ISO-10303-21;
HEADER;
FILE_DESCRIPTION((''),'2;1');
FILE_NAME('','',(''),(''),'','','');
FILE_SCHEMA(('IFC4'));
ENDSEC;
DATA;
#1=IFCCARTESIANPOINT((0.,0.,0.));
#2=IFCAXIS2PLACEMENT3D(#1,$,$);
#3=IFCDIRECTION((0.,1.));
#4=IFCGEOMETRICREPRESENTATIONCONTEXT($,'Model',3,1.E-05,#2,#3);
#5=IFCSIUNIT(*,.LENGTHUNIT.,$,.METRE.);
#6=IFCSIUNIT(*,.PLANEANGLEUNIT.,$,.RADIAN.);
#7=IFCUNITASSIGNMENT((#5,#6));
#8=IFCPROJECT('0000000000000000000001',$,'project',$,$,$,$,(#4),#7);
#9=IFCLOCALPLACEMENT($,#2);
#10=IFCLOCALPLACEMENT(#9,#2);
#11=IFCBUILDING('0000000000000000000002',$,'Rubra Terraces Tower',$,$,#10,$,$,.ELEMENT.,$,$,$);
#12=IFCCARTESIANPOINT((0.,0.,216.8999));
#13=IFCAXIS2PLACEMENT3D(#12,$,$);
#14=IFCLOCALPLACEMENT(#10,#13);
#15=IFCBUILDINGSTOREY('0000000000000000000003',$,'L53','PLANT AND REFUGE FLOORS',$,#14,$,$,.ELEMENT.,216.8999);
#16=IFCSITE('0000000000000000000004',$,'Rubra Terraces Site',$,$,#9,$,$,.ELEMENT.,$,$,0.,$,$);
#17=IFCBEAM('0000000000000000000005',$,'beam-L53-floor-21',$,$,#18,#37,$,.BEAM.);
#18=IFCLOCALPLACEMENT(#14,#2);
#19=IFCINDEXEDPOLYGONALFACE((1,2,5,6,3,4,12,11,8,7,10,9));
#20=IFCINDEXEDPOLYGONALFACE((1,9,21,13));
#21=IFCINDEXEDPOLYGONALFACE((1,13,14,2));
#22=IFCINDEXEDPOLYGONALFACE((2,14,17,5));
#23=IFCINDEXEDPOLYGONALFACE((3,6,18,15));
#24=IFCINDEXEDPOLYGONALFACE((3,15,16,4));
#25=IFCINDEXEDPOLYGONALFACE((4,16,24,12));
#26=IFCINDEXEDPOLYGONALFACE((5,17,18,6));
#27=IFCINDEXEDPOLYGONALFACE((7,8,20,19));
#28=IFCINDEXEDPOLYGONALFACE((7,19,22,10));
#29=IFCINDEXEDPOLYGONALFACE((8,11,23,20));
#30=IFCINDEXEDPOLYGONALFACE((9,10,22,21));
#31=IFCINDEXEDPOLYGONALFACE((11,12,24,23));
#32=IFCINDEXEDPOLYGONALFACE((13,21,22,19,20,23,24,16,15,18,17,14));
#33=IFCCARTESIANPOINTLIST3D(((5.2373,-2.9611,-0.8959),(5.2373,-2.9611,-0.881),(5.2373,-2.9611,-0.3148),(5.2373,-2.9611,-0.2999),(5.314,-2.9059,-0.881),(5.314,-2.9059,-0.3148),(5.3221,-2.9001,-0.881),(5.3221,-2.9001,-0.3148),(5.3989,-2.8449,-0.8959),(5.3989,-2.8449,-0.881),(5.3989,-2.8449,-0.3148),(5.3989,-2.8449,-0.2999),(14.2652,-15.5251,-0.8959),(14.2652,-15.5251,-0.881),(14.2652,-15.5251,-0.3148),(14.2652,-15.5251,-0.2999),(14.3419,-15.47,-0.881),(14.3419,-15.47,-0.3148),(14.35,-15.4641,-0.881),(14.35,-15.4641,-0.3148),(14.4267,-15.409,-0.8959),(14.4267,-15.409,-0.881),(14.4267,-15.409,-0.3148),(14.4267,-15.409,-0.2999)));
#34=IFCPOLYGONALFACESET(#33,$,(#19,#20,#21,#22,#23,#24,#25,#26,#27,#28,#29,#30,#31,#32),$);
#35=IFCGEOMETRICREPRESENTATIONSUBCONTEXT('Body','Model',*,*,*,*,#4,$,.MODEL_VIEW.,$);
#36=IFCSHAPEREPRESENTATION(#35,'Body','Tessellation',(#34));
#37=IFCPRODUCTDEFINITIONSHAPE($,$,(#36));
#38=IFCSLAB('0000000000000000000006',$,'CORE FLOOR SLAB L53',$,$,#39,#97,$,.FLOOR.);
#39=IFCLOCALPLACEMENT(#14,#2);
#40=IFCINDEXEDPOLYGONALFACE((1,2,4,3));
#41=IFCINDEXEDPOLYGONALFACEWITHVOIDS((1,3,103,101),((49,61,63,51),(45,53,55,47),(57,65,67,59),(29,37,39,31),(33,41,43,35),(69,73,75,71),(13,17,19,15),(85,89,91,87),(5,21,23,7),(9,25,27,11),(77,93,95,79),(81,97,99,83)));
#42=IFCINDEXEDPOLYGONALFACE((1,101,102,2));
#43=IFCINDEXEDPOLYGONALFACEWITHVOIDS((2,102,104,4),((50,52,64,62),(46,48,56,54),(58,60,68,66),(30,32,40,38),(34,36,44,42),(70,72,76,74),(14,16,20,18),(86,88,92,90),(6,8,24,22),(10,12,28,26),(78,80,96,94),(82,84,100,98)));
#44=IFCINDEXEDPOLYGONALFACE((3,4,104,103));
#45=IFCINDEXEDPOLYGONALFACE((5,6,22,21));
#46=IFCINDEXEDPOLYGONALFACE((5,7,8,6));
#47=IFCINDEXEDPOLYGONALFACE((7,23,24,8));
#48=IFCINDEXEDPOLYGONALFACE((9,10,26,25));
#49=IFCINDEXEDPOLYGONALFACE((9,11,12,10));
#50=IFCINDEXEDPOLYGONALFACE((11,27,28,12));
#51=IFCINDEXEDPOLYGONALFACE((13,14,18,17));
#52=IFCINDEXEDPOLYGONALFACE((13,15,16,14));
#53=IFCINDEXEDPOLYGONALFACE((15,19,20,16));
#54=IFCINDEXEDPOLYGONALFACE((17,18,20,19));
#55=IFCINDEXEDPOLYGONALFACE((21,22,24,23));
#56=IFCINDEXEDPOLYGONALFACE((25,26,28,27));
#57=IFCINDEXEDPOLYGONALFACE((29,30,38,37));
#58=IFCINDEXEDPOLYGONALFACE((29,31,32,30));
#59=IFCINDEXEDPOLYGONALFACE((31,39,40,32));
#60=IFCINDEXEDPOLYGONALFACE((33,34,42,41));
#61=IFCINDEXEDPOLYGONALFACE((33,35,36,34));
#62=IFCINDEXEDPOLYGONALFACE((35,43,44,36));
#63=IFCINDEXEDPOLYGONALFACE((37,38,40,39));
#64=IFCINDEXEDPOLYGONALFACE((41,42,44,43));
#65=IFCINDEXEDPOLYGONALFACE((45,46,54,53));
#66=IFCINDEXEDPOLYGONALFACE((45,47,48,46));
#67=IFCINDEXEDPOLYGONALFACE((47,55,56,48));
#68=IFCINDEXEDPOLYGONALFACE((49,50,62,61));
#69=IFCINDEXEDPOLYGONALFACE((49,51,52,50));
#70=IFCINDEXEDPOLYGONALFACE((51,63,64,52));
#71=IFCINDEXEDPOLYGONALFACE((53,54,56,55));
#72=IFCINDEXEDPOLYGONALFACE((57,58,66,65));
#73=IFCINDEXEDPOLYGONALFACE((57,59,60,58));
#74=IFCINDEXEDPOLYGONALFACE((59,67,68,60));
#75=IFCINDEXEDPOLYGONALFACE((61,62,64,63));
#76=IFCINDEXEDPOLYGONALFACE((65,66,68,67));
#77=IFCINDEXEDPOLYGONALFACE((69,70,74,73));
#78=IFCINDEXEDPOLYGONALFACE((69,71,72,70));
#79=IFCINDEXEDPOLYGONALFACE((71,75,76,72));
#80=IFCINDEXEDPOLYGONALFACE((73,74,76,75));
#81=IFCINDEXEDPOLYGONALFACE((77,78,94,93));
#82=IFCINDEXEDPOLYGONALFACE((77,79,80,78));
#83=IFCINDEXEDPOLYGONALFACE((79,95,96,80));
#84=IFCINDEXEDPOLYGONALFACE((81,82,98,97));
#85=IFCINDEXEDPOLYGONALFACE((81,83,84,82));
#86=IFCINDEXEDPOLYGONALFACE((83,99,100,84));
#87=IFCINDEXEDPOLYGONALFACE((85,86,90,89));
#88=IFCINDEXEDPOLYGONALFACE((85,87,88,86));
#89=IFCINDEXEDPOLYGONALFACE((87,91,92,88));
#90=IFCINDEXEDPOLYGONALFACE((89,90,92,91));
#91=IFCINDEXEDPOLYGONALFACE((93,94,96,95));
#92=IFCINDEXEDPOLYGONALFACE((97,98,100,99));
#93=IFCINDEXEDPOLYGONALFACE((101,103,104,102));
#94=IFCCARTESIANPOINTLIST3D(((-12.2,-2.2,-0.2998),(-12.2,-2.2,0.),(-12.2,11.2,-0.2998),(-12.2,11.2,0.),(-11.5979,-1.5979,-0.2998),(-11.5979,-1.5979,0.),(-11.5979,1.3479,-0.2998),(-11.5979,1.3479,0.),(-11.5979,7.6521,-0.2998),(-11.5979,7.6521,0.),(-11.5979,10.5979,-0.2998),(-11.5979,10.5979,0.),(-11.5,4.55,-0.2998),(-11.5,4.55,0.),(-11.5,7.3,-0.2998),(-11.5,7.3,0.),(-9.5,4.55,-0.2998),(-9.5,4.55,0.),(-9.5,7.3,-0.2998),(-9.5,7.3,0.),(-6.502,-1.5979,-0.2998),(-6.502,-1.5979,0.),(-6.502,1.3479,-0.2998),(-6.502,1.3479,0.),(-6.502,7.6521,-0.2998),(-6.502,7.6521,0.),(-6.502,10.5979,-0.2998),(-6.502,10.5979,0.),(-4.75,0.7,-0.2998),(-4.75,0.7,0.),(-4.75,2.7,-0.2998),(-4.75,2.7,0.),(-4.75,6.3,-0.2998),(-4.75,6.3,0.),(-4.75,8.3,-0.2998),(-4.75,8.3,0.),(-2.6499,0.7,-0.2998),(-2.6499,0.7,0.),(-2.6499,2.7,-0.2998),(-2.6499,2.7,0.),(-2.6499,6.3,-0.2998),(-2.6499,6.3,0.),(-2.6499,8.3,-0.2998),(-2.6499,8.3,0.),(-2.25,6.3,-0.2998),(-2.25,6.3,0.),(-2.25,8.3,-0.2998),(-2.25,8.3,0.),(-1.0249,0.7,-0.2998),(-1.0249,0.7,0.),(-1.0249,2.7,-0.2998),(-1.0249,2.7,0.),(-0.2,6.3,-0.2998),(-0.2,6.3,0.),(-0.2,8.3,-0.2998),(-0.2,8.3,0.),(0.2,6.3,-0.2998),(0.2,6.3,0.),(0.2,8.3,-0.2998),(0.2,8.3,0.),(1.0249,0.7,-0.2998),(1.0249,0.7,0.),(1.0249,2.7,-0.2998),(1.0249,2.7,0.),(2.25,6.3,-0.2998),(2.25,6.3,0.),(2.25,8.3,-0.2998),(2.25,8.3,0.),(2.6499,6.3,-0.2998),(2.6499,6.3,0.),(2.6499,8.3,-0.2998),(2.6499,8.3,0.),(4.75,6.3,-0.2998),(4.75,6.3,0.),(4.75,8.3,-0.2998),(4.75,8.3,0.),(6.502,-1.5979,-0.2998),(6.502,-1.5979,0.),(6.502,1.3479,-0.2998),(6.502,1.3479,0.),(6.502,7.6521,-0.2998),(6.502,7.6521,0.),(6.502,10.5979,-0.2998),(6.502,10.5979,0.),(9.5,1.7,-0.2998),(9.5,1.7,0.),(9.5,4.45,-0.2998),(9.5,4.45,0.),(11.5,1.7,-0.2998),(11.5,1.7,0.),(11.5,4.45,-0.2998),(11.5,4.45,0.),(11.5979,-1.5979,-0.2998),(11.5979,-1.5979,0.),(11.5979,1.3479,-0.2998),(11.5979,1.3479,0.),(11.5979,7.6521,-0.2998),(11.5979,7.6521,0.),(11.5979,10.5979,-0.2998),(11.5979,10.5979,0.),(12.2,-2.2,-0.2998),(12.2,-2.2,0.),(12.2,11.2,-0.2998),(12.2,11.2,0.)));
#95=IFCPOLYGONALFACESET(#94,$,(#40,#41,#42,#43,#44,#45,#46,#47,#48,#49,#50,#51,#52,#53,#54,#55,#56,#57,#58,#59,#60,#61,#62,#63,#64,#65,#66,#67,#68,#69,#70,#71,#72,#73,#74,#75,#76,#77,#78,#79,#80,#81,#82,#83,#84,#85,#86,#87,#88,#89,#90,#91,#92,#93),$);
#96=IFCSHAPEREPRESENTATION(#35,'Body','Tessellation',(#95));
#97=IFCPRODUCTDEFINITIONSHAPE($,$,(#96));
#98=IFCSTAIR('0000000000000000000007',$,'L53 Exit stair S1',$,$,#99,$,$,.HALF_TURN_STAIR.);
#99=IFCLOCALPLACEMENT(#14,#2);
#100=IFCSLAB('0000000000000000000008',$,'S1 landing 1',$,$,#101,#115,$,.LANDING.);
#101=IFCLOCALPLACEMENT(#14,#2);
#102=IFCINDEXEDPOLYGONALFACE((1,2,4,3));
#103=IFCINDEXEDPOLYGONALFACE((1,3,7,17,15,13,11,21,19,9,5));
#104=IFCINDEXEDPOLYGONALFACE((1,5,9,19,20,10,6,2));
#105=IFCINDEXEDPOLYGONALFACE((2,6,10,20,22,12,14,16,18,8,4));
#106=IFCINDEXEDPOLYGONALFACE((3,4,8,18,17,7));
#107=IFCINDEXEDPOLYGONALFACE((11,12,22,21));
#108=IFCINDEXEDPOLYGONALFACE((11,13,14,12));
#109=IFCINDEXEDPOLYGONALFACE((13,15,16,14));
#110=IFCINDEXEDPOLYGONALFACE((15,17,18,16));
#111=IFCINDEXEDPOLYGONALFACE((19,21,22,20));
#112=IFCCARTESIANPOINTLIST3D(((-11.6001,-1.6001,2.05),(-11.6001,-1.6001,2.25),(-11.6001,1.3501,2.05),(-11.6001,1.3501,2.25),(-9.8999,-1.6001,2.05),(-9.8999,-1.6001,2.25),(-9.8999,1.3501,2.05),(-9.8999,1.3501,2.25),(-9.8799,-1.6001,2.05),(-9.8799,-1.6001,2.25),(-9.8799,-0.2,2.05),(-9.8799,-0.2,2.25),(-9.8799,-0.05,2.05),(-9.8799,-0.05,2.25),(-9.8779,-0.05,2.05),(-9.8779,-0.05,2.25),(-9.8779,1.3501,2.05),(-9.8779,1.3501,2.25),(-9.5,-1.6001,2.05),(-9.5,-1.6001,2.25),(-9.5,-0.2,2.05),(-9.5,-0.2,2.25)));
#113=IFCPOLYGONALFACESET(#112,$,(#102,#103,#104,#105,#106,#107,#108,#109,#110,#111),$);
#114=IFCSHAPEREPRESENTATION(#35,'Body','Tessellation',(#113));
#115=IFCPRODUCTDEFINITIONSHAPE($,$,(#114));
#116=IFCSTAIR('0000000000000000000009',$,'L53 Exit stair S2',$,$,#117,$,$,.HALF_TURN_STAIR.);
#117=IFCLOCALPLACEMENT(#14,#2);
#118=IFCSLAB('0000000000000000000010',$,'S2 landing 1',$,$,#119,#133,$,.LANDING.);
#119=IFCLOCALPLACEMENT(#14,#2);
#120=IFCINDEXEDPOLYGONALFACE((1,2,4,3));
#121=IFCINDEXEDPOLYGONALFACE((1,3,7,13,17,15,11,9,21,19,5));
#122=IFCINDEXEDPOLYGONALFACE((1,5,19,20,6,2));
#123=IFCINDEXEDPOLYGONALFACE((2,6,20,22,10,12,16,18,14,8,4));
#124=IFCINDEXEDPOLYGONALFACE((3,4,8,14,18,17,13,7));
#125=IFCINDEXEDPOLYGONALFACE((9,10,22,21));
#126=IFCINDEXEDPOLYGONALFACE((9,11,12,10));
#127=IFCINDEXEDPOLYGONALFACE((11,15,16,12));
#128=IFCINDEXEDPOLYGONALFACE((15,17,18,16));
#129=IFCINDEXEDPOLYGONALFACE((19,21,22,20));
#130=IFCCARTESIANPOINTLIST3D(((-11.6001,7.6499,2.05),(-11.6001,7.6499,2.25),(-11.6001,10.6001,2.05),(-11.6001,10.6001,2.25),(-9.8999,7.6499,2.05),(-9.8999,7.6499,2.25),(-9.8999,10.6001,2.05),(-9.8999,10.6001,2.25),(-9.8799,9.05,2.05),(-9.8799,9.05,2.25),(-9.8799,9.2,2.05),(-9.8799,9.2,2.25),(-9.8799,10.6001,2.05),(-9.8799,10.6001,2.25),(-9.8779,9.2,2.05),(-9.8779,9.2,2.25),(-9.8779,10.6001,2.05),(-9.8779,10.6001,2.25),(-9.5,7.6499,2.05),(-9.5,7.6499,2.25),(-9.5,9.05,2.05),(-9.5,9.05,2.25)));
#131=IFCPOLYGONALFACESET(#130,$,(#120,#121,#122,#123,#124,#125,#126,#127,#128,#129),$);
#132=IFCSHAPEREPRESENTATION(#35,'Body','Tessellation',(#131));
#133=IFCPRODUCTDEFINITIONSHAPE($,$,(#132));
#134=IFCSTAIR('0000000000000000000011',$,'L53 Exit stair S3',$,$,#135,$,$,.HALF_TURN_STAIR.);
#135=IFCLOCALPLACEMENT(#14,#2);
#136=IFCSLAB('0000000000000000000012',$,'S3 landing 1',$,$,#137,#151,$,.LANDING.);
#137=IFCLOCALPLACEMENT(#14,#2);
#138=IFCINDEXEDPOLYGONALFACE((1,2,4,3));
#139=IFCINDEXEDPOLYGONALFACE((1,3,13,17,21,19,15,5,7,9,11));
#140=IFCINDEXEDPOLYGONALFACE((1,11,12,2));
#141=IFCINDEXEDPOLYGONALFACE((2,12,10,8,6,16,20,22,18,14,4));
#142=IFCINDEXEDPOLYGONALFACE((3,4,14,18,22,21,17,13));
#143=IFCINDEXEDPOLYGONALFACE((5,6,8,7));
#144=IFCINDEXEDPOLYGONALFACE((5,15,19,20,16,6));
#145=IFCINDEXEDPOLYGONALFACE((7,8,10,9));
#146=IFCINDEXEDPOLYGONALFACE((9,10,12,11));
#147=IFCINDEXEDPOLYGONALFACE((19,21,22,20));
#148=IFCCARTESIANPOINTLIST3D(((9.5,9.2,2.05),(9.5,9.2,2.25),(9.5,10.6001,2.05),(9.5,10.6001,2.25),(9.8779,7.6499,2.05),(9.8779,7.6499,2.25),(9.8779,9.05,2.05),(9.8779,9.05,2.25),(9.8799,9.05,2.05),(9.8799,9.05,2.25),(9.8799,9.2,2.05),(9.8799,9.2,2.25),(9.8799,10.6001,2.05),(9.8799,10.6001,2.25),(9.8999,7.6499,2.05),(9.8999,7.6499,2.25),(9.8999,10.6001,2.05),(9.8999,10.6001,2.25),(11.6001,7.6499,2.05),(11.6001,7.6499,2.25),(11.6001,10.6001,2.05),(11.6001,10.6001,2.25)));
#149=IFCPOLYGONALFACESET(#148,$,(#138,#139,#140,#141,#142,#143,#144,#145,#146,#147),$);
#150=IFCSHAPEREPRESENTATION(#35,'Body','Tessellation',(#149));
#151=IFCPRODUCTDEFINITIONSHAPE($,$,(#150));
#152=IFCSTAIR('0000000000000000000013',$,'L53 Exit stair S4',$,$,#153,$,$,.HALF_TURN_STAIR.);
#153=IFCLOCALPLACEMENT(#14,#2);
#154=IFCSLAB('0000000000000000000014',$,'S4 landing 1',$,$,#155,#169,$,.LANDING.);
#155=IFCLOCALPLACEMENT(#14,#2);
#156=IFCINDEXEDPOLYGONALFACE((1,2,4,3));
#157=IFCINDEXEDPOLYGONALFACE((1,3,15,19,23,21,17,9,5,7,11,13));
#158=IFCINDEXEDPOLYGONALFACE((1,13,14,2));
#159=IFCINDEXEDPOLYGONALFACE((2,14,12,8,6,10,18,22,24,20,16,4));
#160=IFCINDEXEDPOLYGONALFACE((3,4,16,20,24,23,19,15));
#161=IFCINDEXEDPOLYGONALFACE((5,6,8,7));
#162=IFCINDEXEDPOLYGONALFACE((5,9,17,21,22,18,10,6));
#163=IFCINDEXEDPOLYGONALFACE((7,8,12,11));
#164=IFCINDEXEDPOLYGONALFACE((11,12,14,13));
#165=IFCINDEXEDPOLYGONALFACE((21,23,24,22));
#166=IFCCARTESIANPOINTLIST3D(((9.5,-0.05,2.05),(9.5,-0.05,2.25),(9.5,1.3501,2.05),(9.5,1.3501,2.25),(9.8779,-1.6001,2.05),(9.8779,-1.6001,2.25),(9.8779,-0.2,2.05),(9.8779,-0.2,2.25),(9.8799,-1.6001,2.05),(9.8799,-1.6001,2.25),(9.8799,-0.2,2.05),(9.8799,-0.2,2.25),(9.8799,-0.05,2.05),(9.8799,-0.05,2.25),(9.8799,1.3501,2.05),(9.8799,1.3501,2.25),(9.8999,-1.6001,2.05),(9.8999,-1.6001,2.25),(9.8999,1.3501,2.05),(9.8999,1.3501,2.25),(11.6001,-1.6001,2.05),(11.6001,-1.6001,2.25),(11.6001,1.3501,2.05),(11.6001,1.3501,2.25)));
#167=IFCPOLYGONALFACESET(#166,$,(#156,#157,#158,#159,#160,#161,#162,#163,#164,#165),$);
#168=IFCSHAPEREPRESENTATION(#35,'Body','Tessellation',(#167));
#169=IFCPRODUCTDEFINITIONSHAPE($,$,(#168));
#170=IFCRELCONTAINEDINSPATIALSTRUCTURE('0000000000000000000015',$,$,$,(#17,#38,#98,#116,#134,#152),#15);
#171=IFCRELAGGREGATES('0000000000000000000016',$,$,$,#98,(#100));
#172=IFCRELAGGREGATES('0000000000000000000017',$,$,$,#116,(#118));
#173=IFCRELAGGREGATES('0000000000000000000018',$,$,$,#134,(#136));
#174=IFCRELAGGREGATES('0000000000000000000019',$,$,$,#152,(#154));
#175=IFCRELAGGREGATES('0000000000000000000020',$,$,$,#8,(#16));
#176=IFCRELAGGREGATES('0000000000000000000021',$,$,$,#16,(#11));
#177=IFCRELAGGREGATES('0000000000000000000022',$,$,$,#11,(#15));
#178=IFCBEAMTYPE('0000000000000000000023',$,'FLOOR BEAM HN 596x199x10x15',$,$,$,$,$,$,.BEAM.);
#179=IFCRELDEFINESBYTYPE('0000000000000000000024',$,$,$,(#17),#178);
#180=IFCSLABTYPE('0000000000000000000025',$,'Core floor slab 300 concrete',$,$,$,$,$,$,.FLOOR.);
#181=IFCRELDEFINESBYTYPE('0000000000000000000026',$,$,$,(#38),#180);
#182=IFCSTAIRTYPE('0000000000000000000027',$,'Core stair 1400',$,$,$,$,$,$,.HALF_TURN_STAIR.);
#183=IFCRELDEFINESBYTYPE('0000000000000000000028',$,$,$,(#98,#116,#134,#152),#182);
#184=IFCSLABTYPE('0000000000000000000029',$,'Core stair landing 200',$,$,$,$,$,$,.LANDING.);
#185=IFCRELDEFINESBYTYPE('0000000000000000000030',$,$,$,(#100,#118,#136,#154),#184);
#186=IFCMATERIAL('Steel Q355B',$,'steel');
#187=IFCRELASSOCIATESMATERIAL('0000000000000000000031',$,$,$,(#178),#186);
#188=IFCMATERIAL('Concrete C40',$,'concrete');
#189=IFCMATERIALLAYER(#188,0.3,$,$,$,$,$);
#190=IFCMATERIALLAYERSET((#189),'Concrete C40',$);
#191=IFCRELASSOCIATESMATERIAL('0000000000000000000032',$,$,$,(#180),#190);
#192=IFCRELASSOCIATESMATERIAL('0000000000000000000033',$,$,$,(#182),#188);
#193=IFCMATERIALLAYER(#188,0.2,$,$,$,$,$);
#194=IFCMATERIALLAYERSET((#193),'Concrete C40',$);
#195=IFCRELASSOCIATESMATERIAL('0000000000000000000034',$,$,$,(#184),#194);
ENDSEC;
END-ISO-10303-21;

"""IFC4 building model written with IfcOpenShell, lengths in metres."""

from ifc_helpers import new_model, si_unit, direction, frame, origin, origin_2d, place, context, subcontext, project, spatial, polyline, i_section, outline, extrude, material, layer, layer_set, material_profile, profile_set, type_object, element, aggregate, save


model = new_model("IFC4")

# Units and contexts
model_context = context("Model", 3, precision=1e-05, world=origin(), true_north=direction((0.0, 1.0)))
body_context = subcontext(model_context, "Body", "Model", "MODEL_VIEW")
ifc_project = project(units=[si_unit("LENGTHUNIT", "METRE"), si_unit("PLANEANGLEUNIT", "RADIAN")], contexts=[model_context])

# Site, building, storey
site_placement = place(None, origin())
site = spatial("IfcSite", under=ifc_project, at=site_placement, Name="Rubra Terraces Site", CompositionType="ELEMENT", RefElevation=0.0)
building_placement = place(site_placement, origin())
building = spatial("IfcBuilding", under=site, at=building_placement, Name="Rubra Terraces Tower", CompositionType="ELEMENT")
storey_placement = place(building_placement, frame((0.0, 0.0, 216.8999)))
storey = spatial("IfcBuildingStorey", under=building, at=storey_placement, Name="L53", Description="PLANT AND REFUGE FLOORS", CompositionType="ELEMENT", Elevation=216.8999)

# Beam
ifc_material_1 = material(Name="Steel Q355B", Category="steel")
ifc_material_profile = material_profile(ifc_material_1, i_section(OverallWidth=0.199, OverallDepth=0.5959, WebThickness=0.01, FlangeThickness=0.0149, at=origin_2d()), Name="HN 596x199x10x15")
ifc_profile_set = profile_set([ifc_material_profile], Name="Steel Q355B")
beam_type = type_object("IfcBeamType", Name="FLOOR BEAM HN 596x199x10x15", PredefinedType="BEAM", material=ifc_profile_set)
beam_placement = place(storey_placement, frame((14.3459, -15.467, -0.5979), z_axis=(-0.583529, 0.812092, 0.0), x_axis=(-0.812092, -0.583529, 0.0)))
element("IfcBeam", 1, at=beam_placement, inside=storey, type_object=beam_type, Name="beam-L53-floor-21", PredefinedType="BEAM", context=body_context, shape_type="SweptSolid", body=[
    extrude(i_section(OverallWidth=0.199, OverallDepth=0.5959, WebThickness=0.01, FlangeThickness=0.0149, at=origin_2d()), origin(), (0.0, 0.0, 1.0), 15.4712),
])

# Slab
ifc_material_2 = material(Name="Concrete C40", Category="concrete")
ifc_layer_1 = layer(ifc_material_2, 0.3)
ifc_layer_set_1 = layer_set([ifc_layer_1], Name="Concrete C40")
slab_type_1 = type_object("IfcSlabType", Name="Core floor slab 300 concrete", PredefinedType="FLOOR", material=ifc_layer_set_1)
slab_1_placement = place(storey_placement, frame((0.0, 0.0, -0.2998)))
element("IfcSlab", 2, at=slab_1_placement, inside=storey, type_object=slab_type_1, Name="CORE FLOOR SLAB L53", PredefinedType="FLOOR", context=body_context, shape_type="SweptSolid", body=[
    extrude(outline(polyline([(-12.2, -2.2), (-12.2, 11.2), (12.2, 11.2), (12.2, -2.2), (-12.2, -2.2)]), holes=[polyline([(11.5979, 1.3479), (6.502, 1.3479), (6.502, -1.5979), (11.5979, -1.5979), (11.5979, 1.3479)]), polyline([(11.5979, 7.6521), (11.5979, 10.5979), (6.502, 10.5979), (6.502, 7.6521), (11.5979, 7.6521)]), polyline([(9.5, 1.7), (11.5, 1.7), (11.5, 4.45), (9.5, 4.45), (9.5, 1.7)]), polyline([(4.75, 6.3), (4.75, 8.3), (2.6499, 8.3), (2.6499, 6.3), (4.75, 6.3)]), polyline([(2.25, 8.3), (0.2, 8.3), (0.2, 6.3), (2.25, 6.3), (2.25, 8.3)]), polyline([(1.0249, 0.7), (1.0249, 2.7), (-1.0249, 2.7), (-1.0249, 0.7), (1.0249, 0.7)]), polyline([(-0.2, 6.3), (-0.2, 8.3), (-2.25, 8.3), (-2.25, 6.3), (-0.2, 6.3)]), polyline([(-4.75, 8.3), (-4.75, 6.3), (-2.6499, 6.3), (-2.6499, 8.3), (-4.75, 8.3)]), polyline([(-2.6499, 0.7), (-2.6499, 2.7), (-4.75, 2.7), (-4.75, 0.7), (-2.6499, 0.7)]), polyline([(-11.5979, -1.5979), (-6.502, -1.5979), (-6.502, 1.3479), (-11.5979, 1.3479), (-11.5979, -1.5979)]), polyline([(-11.5979, 10.5979), (-11.5979, 7.6521), (-6.502, 7.6521), (-6.502, 10.5979), (-11.5979, 10.5979)]), polyline([(-9.5, 4.55), (-9.5, 7.3), (-11.5, 7.3), (-11.5, 4.55), (-9.5, 4.55)])]), origin(), (0.0, 0.0, 1.0), 0.2998),
])

# Stairs, slabs
stair_type = type_object("IfcStairType", Name="Core stair 1400", PredefinedType="HALF_TURN_STAIR", material=ifc_material_2)
stair_1_placement = place(storey_placement, origin())
stair_1 = element("IfcStair", 3, at=stair_1_placement, inside=storey, type_object=stair_type, Name="L53 Exit stair S1", PredefinedType="HALF_TURN_STAIR")
ifc_layer_2 = layer(ifc_material_2, 0.2)
ifc_layer_set_2 = layer_set([ifc_layer_2], Name="Concrete C40")
slab_type_2 = type_object("IfcSlabType", Name="Core stair landing 200", PredefinedType="LANDING", material=ifc_layer_set_2)
slab_2_placement = place(storey_placement, frame((0.0, 0.0, 2.05)))
slab_2 = element("IfcSlab", 4, at=slab_2_placement, type_object=slab_type_2, Name="S1 landing 1", PredefinedType="LANDING", context=body_context, shape_type="SweptSolid", body=[
    extrude(outline(polyline([(-9.5, -0.2), (-9.5, -1.6001), (-9.8799, -1.6001), (-9.8999, -1.6001), (-11.6001, -1.6001), (-11.6001, 1.3501), (-9.8999, 1.3501), (-9.8779, 1.3501), (-9.8779, -0.05), (-9.8799, -0.05), (-9.8799, -0.2), (-9.5, -0.2)])), origin(), (0.0, 0.0, 1.0), 0.2),
])
aggregate(stair_1, [slab_2])
stair_2_placement = place(storey_placement, origin())
stair_2 = element("IfcStair", 5, at=stair_2_placement, inside=storey, type_object=stair_type, Name="L53 Exit stair S2", PredefinedType="HALF_TURN_STAIR")
slab_3_placement = place(storey_placement, frame((0.0, 0.0, 2.05)))
slab_3 = element("IfcSlab", 6, at=slab_3_placement, type_object=slab_type_2, Name="S2 landing 1", PredefinedType="LANDING", context=body_context, shape_type="SweptSolid", body=[
    extrude(outline(polyline([(-9.5, 9.05), (-9.5, 7.6499), (-9.8999, 7.6499), (-11.6001, 7.6499), (-11.6001, 10.6001), (-9.8999, 10.6001), (-9.8799, 10.6001), (-9.8779, 10.6001), (-9.8779, 9.2), (-9.8799, 9.2), (-9.8799, 9.05), (-9.5, 9.05)])), origin(), (0.0, 0.0, 1.0), 0.2),
])
aggregate(stair_2, [slab_3])
stair_3_placement = place(storey_placement, origin())
stair_3 = element("IfcStair", 7, at=stair_3_placement, inside=storey, type_object=stair_type, Name="L53 Exit stair S3", PredefinedType="HALF_TURN_STAIR")
slab_4_placement = place(storey_placement, frame((0.0, 0.0, 2.05)))
slab_4 = element("IfcSlab", 8, at=slab_4_placement, type_object=slab_type_2, Name="S3 landing 1", PredefinedType="LANDING", context=body_context, shape_type="SweptSolid", body=[
    extrude(outline(polyline([(9.8799, 9.05), (9.8799, 9.2), (9.5, 9.2), (9.5, 10.6001), (9.8799, 10.6001), (9.8999, 10.6001), (11.6001, 10.6001), (11.6001, 7.6499), (9.8999, 7.6499), (9.8779, 7.6499), (9.8779, 9.05), (9.8799, 9.05)])), origin(), (0.0, 0.0, 1.0), 0.2),
])
aggregate(stair_3, [slab_4])
stair_4_placement = place(storey_placement, origin())
stair_4 = element("IfcStair", 9, at=stair_4_placement, inside=storey, type_object=stair_type, Name="L53 Exit stair S4", PredefinedType="HALF_TURN_STAIR")
slab_5_placement = place(storey_placement, frame((0.0, 0.0, 2.05)))
slab_5 = element("IfcSlab", 10, at=slab_5_placement, type_object=slab_type_2, Name="S4 landing 1", PredefinedType="LANDING", context=body_context, shape_type="SweptSolid", body=[
    extrude(outline(polyline([(9.8799, -0.2), (9.8799, -0.05), (9.5, -0.05), (9.5, 1.3501), (9.8799, 1.3501), (9.8999, 1.3501), (11.6001, 1.3501), (11.6001, -1.6001), (9.8999, -1.6001), (9.8799, -1.6001), (9.8779, -1.6001), (9.8779, -0.2), (9.8799, -0.2)])), origin(), (0.0, 0.0, 1.0), 0.2),
])

aggregate(stair_4, [slab_5])

save(model, "model.ifc")
